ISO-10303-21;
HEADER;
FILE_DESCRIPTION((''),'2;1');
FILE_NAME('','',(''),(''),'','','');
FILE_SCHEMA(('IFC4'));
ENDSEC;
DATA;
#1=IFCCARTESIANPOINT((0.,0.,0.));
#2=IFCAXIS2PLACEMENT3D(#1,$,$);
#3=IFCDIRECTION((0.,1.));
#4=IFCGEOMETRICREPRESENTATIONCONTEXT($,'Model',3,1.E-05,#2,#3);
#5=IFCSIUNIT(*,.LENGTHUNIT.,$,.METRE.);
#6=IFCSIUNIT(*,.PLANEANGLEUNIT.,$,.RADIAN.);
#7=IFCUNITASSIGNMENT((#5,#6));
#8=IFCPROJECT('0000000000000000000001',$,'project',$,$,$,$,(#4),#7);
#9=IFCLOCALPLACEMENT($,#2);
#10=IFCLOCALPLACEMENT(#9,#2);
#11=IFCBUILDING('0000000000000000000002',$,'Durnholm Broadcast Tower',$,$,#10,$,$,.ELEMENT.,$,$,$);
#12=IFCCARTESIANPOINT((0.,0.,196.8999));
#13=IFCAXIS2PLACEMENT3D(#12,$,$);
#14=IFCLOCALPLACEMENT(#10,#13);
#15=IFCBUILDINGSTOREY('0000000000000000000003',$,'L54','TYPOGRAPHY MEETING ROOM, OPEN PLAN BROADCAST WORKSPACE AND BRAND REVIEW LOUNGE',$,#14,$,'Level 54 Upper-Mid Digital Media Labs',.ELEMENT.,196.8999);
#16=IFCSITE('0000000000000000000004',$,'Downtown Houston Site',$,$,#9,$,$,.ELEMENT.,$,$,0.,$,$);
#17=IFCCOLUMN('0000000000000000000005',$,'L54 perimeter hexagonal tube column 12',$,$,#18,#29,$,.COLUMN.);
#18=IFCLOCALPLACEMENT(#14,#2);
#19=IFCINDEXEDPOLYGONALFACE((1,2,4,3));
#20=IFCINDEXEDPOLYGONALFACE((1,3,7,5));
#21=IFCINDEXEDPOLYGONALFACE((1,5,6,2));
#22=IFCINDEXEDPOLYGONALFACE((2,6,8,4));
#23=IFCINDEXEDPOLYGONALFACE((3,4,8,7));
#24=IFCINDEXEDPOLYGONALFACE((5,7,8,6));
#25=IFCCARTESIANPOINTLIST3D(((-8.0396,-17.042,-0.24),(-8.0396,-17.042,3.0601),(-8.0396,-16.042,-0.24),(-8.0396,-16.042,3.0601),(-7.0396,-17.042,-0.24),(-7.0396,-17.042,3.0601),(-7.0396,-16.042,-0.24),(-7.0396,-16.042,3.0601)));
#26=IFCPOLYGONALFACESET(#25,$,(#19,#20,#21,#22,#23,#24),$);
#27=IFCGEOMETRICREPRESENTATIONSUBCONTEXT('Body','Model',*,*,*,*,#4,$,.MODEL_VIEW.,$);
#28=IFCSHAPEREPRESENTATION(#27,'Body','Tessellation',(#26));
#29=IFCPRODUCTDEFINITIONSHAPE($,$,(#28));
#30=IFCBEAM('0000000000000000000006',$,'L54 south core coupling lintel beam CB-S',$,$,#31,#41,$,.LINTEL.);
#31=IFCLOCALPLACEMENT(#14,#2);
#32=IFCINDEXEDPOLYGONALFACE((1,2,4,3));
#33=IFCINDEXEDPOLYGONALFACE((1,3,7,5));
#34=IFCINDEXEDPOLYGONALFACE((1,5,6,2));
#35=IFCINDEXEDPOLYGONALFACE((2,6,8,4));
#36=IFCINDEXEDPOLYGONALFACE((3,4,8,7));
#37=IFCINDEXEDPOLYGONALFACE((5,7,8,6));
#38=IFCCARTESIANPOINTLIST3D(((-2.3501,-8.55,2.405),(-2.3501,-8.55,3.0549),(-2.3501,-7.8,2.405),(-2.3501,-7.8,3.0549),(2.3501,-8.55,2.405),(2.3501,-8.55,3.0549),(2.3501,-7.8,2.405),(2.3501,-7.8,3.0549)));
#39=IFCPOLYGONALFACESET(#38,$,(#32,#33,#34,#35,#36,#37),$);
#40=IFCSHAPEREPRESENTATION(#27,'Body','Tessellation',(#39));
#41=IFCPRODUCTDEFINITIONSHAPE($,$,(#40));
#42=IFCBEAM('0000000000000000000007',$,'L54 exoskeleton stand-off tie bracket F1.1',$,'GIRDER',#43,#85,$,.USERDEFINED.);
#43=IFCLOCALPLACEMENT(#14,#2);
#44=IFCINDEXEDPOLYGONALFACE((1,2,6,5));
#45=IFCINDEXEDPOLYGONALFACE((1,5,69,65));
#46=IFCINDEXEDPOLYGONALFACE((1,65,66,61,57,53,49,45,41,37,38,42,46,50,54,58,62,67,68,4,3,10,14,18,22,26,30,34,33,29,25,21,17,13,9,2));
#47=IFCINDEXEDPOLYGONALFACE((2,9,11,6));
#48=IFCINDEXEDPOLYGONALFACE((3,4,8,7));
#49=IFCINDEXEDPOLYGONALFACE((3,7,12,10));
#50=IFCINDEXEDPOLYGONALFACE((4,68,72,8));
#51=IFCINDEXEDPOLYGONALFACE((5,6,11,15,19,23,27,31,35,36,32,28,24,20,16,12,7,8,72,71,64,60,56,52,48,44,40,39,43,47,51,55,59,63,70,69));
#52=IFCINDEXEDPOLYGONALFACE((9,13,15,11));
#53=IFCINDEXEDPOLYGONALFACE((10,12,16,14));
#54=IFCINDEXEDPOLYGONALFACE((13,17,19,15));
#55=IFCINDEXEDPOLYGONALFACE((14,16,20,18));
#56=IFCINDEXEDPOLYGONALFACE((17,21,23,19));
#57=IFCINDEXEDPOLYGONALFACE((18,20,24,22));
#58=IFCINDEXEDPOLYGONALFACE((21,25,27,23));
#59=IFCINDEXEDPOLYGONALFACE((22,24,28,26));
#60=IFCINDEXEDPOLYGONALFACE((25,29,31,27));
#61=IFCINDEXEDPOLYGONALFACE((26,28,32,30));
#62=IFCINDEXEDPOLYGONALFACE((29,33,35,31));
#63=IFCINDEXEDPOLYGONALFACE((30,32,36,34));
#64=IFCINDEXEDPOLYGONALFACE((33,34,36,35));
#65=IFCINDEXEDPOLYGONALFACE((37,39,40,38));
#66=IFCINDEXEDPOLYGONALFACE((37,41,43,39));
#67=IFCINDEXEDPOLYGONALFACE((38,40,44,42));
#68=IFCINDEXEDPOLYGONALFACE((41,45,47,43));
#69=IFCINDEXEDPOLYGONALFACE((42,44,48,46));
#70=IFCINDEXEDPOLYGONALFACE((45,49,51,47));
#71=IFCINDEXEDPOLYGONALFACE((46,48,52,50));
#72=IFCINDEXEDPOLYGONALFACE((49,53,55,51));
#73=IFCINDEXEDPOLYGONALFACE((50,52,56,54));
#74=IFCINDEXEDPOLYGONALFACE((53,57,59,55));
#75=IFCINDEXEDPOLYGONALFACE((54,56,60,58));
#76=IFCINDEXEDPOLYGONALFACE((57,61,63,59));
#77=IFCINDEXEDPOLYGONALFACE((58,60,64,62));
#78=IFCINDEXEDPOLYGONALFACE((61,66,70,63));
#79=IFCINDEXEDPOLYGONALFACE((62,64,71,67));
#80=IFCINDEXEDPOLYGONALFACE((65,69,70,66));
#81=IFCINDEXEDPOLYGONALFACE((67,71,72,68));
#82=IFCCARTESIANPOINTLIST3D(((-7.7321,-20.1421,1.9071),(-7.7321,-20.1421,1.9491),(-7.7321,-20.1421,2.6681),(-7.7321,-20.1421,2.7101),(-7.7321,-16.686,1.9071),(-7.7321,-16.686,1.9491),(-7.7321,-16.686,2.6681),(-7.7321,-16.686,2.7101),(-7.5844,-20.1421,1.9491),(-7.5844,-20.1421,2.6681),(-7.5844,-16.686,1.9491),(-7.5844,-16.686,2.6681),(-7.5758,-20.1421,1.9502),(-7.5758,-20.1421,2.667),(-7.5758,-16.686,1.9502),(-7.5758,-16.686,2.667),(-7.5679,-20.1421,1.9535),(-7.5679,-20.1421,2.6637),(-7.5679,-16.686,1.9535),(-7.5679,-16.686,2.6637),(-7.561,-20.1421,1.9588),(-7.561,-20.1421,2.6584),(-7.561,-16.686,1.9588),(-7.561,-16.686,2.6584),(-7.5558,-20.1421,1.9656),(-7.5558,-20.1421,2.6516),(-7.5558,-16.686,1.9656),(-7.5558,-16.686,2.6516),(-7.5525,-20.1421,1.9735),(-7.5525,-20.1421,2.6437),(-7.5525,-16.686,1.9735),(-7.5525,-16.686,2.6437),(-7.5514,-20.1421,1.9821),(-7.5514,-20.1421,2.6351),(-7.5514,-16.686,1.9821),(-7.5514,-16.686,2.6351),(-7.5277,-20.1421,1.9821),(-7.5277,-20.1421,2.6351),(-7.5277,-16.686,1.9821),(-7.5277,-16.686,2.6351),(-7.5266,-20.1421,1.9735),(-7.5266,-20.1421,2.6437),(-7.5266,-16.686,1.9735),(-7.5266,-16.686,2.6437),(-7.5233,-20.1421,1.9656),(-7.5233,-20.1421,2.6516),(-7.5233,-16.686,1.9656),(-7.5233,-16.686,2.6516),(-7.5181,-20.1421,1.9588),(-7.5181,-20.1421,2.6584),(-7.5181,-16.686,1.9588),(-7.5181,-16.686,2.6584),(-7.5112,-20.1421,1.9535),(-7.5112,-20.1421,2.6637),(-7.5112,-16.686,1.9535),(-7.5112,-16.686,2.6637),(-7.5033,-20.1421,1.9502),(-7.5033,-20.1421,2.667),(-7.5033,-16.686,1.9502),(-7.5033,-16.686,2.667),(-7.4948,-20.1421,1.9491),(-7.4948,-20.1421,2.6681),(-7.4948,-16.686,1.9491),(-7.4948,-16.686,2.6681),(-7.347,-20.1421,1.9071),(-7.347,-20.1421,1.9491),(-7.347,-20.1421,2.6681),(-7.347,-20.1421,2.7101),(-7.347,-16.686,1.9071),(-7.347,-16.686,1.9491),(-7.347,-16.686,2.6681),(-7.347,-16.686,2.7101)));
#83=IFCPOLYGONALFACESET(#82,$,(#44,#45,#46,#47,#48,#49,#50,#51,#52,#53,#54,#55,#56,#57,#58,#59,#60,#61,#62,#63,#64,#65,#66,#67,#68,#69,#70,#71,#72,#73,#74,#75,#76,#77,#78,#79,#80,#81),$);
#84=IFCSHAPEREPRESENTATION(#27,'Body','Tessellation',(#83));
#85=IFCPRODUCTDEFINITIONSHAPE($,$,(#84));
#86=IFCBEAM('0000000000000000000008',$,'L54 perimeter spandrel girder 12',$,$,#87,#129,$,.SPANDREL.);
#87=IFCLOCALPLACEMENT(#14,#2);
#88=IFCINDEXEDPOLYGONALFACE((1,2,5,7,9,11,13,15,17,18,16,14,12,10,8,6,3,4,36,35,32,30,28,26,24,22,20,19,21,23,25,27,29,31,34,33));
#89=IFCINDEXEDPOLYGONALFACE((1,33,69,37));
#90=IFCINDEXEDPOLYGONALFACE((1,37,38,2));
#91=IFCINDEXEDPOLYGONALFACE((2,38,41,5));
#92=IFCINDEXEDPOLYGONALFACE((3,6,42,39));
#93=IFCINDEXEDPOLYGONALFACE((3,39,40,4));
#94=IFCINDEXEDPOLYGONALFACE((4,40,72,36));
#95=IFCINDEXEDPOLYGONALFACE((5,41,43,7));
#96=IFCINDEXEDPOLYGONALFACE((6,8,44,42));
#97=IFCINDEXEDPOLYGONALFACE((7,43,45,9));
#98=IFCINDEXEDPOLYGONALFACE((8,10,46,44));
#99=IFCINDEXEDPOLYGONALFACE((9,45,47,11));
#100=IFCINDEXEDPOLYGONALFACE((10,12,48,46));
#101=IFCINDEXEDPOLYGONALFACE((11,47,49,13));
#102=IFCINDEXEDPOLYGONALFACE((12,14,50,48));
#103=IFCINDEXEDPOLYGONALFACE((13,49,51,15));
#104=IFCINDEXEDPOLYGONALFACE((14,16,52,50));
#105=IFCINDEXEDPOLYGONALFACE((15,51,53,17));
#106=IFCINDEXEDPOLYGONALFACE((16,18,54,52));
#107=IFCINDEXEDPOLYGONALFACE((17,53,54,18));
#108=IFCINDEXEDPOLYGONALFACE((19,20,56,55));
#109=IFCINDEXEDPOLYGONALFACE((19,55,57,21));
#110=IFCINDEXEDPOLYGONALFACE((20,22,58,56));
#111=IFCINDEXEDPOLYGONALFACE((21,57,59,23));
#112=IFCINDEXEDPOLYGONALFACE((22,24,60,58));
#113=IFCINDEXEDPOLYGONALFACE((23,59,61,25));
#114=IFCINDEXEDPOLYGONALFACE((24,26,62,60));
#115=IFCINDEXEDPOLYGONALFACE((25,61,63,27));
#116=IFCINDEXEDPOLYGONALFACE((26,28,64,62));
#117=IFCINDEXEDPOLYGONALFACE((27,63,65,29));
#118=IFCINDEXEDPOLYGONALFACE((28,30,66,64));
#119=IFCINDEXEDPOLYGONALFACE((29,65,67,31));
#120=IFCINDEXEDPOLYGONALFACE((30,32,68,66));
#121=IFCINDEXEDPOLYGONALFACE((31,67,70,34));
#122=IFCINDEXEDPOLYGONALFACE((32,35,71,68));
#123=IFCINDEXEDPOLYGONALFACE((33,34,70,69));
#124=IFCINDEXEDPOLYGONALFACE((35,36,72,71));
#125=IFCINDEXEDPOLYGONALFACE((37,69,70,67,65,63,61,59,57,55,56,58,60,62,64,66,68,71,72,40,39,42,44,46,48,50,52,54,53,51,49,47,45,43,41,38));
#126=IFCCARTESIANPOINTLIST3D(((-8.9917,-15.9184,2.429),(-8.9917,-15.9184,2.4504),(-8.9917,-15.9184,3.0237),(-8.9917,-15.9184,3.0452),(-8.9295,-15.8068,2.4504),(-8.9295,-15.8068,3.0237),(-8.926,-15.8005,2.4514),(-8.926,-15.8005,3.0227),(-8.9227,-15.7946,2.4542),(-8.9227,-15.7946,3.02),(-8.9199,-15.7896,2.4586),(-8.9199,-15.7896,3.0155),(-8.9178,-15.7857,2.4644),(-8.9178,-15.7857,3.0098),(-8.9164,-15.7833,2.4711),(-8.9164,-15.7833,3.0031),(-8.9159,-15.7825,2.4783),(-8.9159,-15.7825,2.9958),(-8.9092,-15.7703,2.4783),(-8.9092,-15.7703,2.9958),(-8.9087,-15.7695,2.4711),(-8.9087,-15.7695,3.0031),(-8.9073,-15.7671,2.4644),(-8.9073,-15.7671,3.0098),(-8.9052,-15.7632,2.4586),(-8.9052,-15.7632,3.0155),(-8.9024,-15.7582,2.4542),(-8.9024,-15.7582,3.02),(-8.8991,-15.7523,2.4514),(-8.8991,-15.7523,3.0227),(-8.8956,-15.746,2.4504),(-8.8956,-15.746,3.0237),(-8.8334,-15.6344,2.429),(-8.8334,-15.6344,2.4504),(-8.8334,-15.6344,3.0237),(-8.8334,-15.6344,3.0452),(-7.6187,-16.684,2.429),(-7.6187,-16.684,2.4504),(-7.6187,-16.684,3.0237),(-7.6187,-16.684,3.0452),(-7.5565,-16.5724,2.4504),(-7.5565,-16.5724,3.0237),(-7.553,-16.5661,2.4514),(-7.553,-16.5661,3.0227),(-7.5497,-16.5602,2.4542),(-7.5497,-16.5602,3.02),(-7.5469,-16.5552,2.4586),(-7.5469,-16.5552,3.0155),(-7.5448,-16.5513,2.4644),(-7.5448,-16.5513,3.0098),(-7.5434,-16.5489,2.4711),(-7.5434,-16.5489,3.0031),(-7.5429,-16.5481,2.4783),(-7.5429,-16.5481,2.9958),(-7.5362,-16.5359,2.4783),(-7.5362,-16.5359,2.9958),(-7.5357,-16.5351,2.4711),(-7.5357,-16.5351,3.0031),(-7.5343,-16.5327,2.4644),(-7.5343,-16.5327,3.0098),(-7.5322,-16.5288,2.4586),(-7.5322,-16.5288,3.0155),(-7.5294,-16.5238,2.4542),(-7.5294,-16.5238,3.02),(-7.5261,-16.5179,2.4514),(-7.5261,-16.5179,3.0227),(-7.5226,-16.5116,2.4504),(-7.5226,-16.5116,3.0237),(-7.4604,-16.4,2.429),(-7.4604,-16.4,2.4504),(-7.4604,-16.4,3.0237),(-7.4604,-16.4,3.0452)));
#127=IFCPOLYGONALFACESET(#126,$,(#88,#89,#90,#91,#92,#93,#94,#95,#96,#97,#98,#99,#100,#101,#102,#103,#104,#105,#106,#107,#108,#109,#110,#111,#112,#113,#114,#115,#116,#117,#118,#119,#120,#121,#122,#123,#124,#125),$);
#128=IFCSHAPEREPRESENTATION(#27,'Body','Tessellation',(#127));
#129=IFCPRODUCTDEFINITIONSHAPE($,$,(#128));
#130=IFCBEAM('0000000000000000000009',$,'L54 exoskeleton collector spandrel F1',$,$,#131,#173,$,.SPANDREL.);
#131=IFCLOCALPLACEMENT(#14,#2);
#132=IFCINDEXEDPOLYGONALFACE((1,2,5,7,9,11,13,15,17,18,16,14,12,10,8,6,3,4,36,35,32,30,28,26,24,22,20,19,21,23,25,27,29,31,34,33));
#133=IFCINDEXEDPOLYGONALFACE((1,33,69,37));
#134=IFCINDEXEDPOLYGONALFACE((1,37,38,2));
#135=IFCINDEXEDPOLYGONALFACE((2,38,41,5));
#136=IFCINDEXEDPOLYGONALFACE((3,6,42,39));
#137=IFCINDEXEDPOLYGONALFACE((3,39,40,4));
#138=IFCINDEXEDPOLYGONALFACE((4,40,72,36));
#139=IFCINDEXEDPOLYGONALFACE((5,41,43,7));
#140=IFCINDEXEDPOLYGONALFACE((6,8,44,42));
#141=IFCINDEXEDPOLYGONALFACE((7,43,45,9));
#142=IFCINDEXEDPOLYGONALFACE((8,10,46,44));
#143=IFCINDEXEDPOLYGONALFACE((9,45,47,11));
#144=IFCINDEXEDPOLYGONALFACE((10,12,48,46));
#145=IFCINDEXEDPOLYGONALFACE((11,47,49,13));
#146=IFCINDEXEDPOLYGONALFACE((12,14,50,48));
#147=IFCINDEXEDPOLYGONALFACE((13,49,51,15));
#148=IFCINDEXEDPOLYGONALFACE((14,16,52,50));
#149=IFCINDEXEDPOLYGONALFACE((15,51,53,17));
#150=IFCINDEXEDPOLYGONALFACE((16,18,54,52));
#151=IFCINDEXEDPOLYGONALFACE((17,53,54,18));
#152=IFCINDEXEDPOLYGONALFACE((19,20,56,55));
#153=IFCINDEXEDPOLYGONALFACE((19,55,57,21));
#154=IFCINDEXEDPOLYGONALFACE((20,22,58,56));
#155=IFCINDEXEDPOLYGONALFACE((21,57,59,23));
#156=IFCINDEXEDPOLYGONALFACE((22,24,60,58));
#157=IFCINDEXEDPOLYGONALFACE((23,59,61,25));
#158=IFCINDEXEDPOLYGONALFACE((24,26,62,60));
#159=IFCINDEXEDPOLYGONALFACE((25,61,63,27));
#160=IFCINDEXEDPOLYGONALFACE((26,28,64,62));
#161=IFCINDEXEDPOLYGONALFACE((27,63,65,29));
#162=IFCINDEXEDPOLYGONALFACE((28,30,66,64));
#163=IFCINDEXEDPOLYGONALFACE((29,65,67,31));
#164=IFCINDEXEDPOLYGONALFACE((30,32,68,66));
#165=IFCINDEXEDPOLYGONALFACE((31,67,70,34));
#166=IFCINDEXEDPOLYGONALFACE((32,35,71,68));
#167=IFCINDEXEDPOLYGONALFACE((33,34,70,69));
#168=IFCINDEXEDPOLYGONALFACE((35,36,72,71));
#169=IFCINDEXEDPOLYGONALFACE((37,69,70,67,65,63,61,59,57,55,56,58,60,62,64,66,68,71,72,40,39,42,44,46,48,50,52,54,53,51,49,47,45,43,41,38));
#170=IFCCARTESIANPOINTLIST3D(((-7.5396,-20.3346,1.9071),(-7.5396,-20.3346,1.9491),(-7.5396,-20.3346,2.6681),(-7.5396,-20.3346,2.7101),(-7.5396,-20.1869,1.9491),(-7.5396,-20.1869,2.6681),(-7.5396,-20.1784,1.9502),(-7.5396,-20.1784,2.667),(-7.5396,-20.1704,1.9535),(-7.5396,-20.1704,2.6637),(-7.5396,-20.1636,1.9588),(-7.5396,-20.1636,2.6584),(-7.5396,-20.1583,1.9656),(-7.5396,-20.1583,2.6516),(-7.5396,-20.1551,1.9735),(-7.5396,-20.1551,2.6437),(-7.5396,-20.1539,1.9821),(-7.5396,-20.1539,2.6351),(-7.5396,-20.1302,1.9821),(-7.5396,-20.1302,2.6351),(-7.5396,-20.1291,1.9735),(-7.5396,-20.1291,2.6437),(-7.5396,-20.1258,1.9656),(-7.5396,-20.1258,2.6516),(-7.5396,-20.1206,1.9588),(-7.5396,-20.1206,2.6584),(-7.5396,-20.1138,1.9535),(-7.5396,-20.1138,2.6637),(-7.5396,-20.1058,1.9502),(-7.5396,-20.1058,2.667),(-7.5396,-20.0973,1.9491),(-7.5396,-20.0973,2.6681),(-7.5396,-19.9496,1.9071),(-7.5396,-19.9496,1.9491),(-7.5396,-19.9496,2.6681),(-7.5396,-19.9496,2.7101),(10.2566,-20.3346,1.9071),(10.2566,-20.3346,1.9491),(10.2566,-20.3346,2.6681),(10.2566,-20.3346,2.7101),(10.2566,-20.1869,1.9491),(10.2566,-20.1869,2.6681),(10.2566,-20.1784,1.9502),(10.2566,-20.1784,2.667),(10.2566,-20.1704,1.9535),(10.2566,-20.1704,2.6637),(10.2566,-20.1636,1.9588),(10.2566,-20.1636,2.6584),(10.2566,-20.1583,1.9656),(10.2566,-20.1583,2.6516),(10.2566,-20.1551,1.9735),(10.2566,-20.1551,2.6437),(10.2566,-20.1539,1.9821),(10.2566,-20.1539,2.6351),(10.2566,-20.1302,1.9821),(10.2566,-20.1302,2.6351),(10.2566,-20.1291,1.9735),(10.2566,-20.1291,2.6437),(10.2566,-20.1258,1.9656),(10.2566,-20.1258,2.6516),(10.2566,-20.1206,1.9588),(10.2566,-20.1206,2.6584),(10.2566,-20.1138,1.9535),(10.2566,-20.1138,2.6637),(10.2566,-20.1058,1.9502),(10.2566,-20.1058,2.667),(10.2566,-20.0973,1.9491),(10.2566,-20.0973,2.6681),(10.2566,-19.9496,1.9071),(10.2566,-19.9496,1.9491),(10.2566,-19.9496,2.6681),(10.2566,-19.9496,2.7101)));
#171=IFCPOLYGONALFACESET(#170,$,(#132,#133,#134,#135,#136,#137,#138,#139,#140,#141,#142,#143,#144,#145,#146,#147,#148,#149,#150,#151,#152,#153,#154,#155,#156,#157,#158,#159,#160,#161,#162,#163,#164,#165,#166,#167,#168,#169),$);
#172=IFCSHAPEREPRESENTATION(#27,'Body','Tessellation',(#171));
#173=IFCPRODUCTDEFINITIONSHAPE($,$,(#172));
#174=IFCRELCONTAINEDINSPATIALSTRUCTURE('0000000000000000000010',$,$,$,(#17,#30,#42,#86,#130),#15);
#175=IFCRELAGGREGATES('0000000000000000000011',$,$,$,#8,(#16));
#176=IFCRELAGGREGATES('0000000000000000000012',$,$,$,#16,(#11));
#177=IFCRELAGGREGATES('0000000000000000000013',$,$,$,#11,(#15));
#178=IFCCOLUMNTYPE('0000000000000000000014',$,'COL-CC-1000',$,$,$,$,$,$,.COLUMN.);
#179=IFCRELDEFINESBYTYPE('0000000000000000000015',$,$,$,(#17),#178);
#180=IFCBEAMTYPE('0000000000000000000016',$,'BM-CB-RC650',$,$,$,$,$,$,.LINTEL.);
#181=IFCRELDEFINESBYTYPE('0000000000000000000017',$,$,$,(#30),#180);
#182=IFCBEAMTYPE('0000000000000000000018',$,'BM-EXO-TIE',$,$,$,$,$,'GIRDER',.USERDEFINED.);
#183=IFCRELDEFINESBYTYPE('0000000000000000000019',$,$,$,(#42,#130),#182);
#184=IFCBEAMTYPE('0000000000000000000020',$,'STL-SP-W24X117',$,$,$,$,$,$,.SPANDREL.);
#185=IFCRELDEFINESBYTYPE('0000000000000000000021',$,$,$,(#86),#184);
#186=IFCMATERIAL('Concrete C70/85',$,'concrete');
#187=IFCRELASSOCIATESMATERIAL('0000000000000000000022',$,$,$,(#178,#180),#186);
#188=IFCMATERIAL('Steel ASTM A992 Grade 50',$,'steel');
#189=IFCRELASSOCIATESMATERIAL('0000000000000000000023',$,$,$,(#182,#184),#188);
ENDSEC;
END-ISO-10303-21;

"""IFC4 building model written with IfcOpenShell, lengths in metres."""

from ifc_helpers import new_model, si_unit, direction, frame, origin, origin_2d, place, context, subcontext, project, spatial, rectangle, i_section, extrude, source, transform, mapped, material, material_profile, profile_set, type_object, type_shapes, element, save


model = new_model("IFC4")

# Units and contexts
model_context = context("Model", 3, precision=1e-05, world=origin(), true_north=direction((0.0, 1.0)))
body_context = subcontext(model_context, "Body", "Model", "MODEL_VIEW")
ifc_project = project(units=[si_unit("LENGTHUNIT", "METRE"), si_unit("PLANEANGLEUNIT", "RADIAN")], contexts=[model_context])

# Site, building, storey
site_placement = place(None, origin())
site = spatial("IfcSite", under=ifc_project, at=site_placement, Name="Downtown Houston Site", CompositionType="ELEMENT", RefElevation=0.0)
building_placement = place(site_placement, origin())
building = spatial("IfcBuilding", under=site, at=building_placement, Name="Durnholm Broadcast Tower", CompositionType="ELEMENT")
storey_placement = place(building_placement, frame((0.0, 0.0, 196.8999)))
storey = spatial("IfcBuildingStorey", under=building, at=storey_placement, Name="L54", Description="TYPOGRAPHY MEETING ROOM, OPEN PLAN BROADCAST WORKSPACE AND BRAND REVIEW LOUNGE", LongName="Level 54 Upper-Mid Digital Media Labs", CompositionType="ELEMENT", Elevation=196.8999)

# Column
ifc_material_1 = material(Name="Concrete C70/85", Category="concrete")
ifc_material_profile_1 = material_profile(ifc_material_1, rectangle(XDim=1.0, YDim=1.0, at=origin_2d()), Name="RC1000X1000")
ifc_profile_set_1 = profile_set([ifc_material_profile_1], Name="Concrete C70/85")
column_type = type_object("IfcColumnType", Name="COL-CC-1000", PredefinedType="COLUMN", material=ifc_profile_set_1)
shared_shape_1 = source(origin(), body_context, "Body", "SweptSolid", [
    extrude(rectangle(XDim=1.0, YDim=1.0, at=origin_2d()), origin(), (0.0, 0.0, 1.0), 3.3),
])
type_shapes(column_type, [shared_shape_1])
column_placement = place(storey_placement, frame((-7.5396, -16.542, -0.24), z_axis=(0.0, 0.0, 1.0), x_axis=(1.0, 0.0, 0.0)))
element("IfcColumn", 1, at=column_placement, inside=storey, type_object=column_type, Name="L54 perimeter hexagonal tube column 12", PredefinedType="COLUMN", context=body_context, shape_type="MappedRepresentation", body=[
    mapped(shared_shape_1, transform((0.0, 0.0, 0.0), x_axis=(1.0, 0.0, 0.0), y_axis=(0.0, 1.0, 0.0), z_axis=(0.0, 0.0, 1.0), scale=1.0)),
])

# Beams
ifc_material_profile_2 = material_profile(ifc_material_1, rectangle(XDim=0.75, YDim=0.6499, at=origin_2d()), Name="RC750X650")
ifc_profile_set_2 = profile_set([ifc_material_profile_2], Name="Concrete C70/85")
beam_type_1 = type_object("IfcBeamType", Name="BM-CB-RC650", PredefinedType="LINTEL", material=ifc_profile_set_2)
shared_shape_2 = source(origin(), body_context, "Body", "SweptSolid", [
    extrude(rectangle(XDim=0.75, YDim=0.6499, at=origin_2d()), origin(), (0.0, 0.0, 1.0), 4.7002),
])
type_shapes(beam_type_1, [shared_shape_2])
beam_1_placement = place(storey_placement, frame((-2.3501, -8.175, 2.73), z_axis=(1.0, 0.0, 0.0), x_axis=(0.0, 1.0, 0.0)))
element("IfcBeam", 2, at=beam_1_placement, inside=storey, type_object=beam_type_1, Name="L54 south core coupling lintel beam CB-S", PredefinedType="LINTEL", context=body_context, shape_type="MappedRepresentation", body=[
    mapped(shared_shape_2, transform((0.0, 0.0, 0.0), x_axis=(1.0, 0.0, 0.0), y_axis=(0.0, 1.0, 0.0), z_axis=(0.0, 0.0, 1.0), scale=1.0)),
])
ifc_material_2 = material(Name="Steel ASTM A992 Grade 50", Category="steel")
ifc_material_profile_3 = material_profile(ifc_material_2, i_section(OverallWidth=0.385, OverallDepth=0.803, WebThickness=0.0237, FlangeThickness=0.042, FilletRadius=0.033, at=origin_2d()), Name="W30X261")
ifc_profile_set_3 = profile_set([ifc_material_profile_3], Name="Steel ASTM A992 Grade 50")
beam_type_2 = type_object("IfcBeamType", Name="BM-EXO-TIE", ElementType="GIRDER", PredefinedType="USERDEFINED", material=ifc_profile_set_3)
shared_shape_3 = source(origin(), body_context, "Body", "SweptSolid", [
    extrude(i_section(OverallWidth=0.385, OverallDepth=0.803, WebThickness=0.0237, FlangeThickness=0.042, FilletRadius=0.033, at=origin_2d()), origin(), (0.0, 0.0, 1.0), 3.4561),
])
beam_2_placement = place(storey_placement, frame((-7.5396, -16.686, 2.3086), z_axis=(0.0, -1.0, 0.0), x_axis=(1.0, 0.0, 0.0)))
element("IfcBeam", 3, at=beam_2_placement, inside=storey, type_object=beam_type_2, Name="L54 exoskeleton stand-off tie bracket F1.1", ObjectType="GIRDER", PredefinedType="USERDEFINED", context=body_context, shape_type="MappedRepresentation", body=[
    mapped(shared_shape_3, transform((0.0, 0.0, 0.0), x_axis=(1.0, 0.0, 0.0), y_axis=(0.0, 1.0, 0.0), z_axis=(0.0, 0.0, 1.0), scale=1.0)),
])
ifc_material_profile_4 = material_profile(ifc_material_2, i_section(OverallWidth=0.3252, OverallDepth=0.6162, WebThickness=0.0139, FlangeThickness=0.0215, FilletRadius=0.0278, at=origin_2d()), Name="W24X117")
ifc_profile_set_4 = profile_set([ifc_material_profile_4], Name="Steel ASTM A992 Grade 50")
beam_type_3 = type_object("IfcBeamType", Name="STL-SP-W24X117", PredefinedType="SPANDREL", material=ifc_profile_set_4)
shared_shape_4 = source(origin(), body_context, "Body", "SweptSolid", [
    extrude(i_section(OverallWidth=0.3252, OverallDepth=0.6162, WebThickness=0.0139, FlangeThickness=0.0215, FilletRadius=0.0278, at=origin_2d()), origin(), (0.0, 0.0, 1.0), 1.572),
])
type_shapes(beam_type_3, [shared_shape_4])
beam_3_placement = place(storey_placement, frame((-7.5396, -16.542, 2.7371), z_axis=(-0.873394, 0.487014, 0.0), x_axis=(-0.487014, -0.873394, 0.0)))
element("IfcBeam", 4, at=beam_3_placement, inside=storey, type_object=beam_type_3, Name="L54 perimeter spandrel girder 12", PredefinedType="SPANDREL", context=body_context, shape_type="MappedRepresentation", body=[
    mapped(shared_shape_4, transform((0.0, 0.0, 0.0), x_axis=(1.0, 0.0, 0.0), y_axis=(0.0, 1.0, 0.0), z_axis=(0.0, 0.0, 1.0), scale=1.0)),
])
shared_shape_5 = source(origin(), body_context, "Body", "SweptSolid", [
    extrude(i_section(OverallWidth=0.385, OverallDepth=0.803, WebThickness=0.0237, FlangeThickness=0.042, FilletRadius=0.033, at=origin_2d()), origin(), (0.0, 0.0, 1.0), 17.7961),
])
type_shapes(beam_type_2, [shared_shape_3, shared_shape_5])
beam_4_placement = place(storey_placement, frame((-7.5396, -20.1421, 2.3086), z_axis=(1.0, 0.0, 0.0), x_axis=(0.0, 1.0, 0.0)))
element("IfcBeam", 5, at=beam_4_placement, inside=storey, type_object=beam_type_2, Name="L54 exoskeleton collector spandrel F1", PredefinedType="SPANDREL", context=body_context, shape_type="MappedRepresentation", body=[
    mapped(shared_shape_5, transform((0.0, 0.0, 0.0), x_axis=(1.0, 0.0, 0.0), y_axis=(0.0, 1.0, 0.0), z_axis=(0.0, 0.0, 1.0), scale=1.0)),
])

save(model, "model.ifc")
